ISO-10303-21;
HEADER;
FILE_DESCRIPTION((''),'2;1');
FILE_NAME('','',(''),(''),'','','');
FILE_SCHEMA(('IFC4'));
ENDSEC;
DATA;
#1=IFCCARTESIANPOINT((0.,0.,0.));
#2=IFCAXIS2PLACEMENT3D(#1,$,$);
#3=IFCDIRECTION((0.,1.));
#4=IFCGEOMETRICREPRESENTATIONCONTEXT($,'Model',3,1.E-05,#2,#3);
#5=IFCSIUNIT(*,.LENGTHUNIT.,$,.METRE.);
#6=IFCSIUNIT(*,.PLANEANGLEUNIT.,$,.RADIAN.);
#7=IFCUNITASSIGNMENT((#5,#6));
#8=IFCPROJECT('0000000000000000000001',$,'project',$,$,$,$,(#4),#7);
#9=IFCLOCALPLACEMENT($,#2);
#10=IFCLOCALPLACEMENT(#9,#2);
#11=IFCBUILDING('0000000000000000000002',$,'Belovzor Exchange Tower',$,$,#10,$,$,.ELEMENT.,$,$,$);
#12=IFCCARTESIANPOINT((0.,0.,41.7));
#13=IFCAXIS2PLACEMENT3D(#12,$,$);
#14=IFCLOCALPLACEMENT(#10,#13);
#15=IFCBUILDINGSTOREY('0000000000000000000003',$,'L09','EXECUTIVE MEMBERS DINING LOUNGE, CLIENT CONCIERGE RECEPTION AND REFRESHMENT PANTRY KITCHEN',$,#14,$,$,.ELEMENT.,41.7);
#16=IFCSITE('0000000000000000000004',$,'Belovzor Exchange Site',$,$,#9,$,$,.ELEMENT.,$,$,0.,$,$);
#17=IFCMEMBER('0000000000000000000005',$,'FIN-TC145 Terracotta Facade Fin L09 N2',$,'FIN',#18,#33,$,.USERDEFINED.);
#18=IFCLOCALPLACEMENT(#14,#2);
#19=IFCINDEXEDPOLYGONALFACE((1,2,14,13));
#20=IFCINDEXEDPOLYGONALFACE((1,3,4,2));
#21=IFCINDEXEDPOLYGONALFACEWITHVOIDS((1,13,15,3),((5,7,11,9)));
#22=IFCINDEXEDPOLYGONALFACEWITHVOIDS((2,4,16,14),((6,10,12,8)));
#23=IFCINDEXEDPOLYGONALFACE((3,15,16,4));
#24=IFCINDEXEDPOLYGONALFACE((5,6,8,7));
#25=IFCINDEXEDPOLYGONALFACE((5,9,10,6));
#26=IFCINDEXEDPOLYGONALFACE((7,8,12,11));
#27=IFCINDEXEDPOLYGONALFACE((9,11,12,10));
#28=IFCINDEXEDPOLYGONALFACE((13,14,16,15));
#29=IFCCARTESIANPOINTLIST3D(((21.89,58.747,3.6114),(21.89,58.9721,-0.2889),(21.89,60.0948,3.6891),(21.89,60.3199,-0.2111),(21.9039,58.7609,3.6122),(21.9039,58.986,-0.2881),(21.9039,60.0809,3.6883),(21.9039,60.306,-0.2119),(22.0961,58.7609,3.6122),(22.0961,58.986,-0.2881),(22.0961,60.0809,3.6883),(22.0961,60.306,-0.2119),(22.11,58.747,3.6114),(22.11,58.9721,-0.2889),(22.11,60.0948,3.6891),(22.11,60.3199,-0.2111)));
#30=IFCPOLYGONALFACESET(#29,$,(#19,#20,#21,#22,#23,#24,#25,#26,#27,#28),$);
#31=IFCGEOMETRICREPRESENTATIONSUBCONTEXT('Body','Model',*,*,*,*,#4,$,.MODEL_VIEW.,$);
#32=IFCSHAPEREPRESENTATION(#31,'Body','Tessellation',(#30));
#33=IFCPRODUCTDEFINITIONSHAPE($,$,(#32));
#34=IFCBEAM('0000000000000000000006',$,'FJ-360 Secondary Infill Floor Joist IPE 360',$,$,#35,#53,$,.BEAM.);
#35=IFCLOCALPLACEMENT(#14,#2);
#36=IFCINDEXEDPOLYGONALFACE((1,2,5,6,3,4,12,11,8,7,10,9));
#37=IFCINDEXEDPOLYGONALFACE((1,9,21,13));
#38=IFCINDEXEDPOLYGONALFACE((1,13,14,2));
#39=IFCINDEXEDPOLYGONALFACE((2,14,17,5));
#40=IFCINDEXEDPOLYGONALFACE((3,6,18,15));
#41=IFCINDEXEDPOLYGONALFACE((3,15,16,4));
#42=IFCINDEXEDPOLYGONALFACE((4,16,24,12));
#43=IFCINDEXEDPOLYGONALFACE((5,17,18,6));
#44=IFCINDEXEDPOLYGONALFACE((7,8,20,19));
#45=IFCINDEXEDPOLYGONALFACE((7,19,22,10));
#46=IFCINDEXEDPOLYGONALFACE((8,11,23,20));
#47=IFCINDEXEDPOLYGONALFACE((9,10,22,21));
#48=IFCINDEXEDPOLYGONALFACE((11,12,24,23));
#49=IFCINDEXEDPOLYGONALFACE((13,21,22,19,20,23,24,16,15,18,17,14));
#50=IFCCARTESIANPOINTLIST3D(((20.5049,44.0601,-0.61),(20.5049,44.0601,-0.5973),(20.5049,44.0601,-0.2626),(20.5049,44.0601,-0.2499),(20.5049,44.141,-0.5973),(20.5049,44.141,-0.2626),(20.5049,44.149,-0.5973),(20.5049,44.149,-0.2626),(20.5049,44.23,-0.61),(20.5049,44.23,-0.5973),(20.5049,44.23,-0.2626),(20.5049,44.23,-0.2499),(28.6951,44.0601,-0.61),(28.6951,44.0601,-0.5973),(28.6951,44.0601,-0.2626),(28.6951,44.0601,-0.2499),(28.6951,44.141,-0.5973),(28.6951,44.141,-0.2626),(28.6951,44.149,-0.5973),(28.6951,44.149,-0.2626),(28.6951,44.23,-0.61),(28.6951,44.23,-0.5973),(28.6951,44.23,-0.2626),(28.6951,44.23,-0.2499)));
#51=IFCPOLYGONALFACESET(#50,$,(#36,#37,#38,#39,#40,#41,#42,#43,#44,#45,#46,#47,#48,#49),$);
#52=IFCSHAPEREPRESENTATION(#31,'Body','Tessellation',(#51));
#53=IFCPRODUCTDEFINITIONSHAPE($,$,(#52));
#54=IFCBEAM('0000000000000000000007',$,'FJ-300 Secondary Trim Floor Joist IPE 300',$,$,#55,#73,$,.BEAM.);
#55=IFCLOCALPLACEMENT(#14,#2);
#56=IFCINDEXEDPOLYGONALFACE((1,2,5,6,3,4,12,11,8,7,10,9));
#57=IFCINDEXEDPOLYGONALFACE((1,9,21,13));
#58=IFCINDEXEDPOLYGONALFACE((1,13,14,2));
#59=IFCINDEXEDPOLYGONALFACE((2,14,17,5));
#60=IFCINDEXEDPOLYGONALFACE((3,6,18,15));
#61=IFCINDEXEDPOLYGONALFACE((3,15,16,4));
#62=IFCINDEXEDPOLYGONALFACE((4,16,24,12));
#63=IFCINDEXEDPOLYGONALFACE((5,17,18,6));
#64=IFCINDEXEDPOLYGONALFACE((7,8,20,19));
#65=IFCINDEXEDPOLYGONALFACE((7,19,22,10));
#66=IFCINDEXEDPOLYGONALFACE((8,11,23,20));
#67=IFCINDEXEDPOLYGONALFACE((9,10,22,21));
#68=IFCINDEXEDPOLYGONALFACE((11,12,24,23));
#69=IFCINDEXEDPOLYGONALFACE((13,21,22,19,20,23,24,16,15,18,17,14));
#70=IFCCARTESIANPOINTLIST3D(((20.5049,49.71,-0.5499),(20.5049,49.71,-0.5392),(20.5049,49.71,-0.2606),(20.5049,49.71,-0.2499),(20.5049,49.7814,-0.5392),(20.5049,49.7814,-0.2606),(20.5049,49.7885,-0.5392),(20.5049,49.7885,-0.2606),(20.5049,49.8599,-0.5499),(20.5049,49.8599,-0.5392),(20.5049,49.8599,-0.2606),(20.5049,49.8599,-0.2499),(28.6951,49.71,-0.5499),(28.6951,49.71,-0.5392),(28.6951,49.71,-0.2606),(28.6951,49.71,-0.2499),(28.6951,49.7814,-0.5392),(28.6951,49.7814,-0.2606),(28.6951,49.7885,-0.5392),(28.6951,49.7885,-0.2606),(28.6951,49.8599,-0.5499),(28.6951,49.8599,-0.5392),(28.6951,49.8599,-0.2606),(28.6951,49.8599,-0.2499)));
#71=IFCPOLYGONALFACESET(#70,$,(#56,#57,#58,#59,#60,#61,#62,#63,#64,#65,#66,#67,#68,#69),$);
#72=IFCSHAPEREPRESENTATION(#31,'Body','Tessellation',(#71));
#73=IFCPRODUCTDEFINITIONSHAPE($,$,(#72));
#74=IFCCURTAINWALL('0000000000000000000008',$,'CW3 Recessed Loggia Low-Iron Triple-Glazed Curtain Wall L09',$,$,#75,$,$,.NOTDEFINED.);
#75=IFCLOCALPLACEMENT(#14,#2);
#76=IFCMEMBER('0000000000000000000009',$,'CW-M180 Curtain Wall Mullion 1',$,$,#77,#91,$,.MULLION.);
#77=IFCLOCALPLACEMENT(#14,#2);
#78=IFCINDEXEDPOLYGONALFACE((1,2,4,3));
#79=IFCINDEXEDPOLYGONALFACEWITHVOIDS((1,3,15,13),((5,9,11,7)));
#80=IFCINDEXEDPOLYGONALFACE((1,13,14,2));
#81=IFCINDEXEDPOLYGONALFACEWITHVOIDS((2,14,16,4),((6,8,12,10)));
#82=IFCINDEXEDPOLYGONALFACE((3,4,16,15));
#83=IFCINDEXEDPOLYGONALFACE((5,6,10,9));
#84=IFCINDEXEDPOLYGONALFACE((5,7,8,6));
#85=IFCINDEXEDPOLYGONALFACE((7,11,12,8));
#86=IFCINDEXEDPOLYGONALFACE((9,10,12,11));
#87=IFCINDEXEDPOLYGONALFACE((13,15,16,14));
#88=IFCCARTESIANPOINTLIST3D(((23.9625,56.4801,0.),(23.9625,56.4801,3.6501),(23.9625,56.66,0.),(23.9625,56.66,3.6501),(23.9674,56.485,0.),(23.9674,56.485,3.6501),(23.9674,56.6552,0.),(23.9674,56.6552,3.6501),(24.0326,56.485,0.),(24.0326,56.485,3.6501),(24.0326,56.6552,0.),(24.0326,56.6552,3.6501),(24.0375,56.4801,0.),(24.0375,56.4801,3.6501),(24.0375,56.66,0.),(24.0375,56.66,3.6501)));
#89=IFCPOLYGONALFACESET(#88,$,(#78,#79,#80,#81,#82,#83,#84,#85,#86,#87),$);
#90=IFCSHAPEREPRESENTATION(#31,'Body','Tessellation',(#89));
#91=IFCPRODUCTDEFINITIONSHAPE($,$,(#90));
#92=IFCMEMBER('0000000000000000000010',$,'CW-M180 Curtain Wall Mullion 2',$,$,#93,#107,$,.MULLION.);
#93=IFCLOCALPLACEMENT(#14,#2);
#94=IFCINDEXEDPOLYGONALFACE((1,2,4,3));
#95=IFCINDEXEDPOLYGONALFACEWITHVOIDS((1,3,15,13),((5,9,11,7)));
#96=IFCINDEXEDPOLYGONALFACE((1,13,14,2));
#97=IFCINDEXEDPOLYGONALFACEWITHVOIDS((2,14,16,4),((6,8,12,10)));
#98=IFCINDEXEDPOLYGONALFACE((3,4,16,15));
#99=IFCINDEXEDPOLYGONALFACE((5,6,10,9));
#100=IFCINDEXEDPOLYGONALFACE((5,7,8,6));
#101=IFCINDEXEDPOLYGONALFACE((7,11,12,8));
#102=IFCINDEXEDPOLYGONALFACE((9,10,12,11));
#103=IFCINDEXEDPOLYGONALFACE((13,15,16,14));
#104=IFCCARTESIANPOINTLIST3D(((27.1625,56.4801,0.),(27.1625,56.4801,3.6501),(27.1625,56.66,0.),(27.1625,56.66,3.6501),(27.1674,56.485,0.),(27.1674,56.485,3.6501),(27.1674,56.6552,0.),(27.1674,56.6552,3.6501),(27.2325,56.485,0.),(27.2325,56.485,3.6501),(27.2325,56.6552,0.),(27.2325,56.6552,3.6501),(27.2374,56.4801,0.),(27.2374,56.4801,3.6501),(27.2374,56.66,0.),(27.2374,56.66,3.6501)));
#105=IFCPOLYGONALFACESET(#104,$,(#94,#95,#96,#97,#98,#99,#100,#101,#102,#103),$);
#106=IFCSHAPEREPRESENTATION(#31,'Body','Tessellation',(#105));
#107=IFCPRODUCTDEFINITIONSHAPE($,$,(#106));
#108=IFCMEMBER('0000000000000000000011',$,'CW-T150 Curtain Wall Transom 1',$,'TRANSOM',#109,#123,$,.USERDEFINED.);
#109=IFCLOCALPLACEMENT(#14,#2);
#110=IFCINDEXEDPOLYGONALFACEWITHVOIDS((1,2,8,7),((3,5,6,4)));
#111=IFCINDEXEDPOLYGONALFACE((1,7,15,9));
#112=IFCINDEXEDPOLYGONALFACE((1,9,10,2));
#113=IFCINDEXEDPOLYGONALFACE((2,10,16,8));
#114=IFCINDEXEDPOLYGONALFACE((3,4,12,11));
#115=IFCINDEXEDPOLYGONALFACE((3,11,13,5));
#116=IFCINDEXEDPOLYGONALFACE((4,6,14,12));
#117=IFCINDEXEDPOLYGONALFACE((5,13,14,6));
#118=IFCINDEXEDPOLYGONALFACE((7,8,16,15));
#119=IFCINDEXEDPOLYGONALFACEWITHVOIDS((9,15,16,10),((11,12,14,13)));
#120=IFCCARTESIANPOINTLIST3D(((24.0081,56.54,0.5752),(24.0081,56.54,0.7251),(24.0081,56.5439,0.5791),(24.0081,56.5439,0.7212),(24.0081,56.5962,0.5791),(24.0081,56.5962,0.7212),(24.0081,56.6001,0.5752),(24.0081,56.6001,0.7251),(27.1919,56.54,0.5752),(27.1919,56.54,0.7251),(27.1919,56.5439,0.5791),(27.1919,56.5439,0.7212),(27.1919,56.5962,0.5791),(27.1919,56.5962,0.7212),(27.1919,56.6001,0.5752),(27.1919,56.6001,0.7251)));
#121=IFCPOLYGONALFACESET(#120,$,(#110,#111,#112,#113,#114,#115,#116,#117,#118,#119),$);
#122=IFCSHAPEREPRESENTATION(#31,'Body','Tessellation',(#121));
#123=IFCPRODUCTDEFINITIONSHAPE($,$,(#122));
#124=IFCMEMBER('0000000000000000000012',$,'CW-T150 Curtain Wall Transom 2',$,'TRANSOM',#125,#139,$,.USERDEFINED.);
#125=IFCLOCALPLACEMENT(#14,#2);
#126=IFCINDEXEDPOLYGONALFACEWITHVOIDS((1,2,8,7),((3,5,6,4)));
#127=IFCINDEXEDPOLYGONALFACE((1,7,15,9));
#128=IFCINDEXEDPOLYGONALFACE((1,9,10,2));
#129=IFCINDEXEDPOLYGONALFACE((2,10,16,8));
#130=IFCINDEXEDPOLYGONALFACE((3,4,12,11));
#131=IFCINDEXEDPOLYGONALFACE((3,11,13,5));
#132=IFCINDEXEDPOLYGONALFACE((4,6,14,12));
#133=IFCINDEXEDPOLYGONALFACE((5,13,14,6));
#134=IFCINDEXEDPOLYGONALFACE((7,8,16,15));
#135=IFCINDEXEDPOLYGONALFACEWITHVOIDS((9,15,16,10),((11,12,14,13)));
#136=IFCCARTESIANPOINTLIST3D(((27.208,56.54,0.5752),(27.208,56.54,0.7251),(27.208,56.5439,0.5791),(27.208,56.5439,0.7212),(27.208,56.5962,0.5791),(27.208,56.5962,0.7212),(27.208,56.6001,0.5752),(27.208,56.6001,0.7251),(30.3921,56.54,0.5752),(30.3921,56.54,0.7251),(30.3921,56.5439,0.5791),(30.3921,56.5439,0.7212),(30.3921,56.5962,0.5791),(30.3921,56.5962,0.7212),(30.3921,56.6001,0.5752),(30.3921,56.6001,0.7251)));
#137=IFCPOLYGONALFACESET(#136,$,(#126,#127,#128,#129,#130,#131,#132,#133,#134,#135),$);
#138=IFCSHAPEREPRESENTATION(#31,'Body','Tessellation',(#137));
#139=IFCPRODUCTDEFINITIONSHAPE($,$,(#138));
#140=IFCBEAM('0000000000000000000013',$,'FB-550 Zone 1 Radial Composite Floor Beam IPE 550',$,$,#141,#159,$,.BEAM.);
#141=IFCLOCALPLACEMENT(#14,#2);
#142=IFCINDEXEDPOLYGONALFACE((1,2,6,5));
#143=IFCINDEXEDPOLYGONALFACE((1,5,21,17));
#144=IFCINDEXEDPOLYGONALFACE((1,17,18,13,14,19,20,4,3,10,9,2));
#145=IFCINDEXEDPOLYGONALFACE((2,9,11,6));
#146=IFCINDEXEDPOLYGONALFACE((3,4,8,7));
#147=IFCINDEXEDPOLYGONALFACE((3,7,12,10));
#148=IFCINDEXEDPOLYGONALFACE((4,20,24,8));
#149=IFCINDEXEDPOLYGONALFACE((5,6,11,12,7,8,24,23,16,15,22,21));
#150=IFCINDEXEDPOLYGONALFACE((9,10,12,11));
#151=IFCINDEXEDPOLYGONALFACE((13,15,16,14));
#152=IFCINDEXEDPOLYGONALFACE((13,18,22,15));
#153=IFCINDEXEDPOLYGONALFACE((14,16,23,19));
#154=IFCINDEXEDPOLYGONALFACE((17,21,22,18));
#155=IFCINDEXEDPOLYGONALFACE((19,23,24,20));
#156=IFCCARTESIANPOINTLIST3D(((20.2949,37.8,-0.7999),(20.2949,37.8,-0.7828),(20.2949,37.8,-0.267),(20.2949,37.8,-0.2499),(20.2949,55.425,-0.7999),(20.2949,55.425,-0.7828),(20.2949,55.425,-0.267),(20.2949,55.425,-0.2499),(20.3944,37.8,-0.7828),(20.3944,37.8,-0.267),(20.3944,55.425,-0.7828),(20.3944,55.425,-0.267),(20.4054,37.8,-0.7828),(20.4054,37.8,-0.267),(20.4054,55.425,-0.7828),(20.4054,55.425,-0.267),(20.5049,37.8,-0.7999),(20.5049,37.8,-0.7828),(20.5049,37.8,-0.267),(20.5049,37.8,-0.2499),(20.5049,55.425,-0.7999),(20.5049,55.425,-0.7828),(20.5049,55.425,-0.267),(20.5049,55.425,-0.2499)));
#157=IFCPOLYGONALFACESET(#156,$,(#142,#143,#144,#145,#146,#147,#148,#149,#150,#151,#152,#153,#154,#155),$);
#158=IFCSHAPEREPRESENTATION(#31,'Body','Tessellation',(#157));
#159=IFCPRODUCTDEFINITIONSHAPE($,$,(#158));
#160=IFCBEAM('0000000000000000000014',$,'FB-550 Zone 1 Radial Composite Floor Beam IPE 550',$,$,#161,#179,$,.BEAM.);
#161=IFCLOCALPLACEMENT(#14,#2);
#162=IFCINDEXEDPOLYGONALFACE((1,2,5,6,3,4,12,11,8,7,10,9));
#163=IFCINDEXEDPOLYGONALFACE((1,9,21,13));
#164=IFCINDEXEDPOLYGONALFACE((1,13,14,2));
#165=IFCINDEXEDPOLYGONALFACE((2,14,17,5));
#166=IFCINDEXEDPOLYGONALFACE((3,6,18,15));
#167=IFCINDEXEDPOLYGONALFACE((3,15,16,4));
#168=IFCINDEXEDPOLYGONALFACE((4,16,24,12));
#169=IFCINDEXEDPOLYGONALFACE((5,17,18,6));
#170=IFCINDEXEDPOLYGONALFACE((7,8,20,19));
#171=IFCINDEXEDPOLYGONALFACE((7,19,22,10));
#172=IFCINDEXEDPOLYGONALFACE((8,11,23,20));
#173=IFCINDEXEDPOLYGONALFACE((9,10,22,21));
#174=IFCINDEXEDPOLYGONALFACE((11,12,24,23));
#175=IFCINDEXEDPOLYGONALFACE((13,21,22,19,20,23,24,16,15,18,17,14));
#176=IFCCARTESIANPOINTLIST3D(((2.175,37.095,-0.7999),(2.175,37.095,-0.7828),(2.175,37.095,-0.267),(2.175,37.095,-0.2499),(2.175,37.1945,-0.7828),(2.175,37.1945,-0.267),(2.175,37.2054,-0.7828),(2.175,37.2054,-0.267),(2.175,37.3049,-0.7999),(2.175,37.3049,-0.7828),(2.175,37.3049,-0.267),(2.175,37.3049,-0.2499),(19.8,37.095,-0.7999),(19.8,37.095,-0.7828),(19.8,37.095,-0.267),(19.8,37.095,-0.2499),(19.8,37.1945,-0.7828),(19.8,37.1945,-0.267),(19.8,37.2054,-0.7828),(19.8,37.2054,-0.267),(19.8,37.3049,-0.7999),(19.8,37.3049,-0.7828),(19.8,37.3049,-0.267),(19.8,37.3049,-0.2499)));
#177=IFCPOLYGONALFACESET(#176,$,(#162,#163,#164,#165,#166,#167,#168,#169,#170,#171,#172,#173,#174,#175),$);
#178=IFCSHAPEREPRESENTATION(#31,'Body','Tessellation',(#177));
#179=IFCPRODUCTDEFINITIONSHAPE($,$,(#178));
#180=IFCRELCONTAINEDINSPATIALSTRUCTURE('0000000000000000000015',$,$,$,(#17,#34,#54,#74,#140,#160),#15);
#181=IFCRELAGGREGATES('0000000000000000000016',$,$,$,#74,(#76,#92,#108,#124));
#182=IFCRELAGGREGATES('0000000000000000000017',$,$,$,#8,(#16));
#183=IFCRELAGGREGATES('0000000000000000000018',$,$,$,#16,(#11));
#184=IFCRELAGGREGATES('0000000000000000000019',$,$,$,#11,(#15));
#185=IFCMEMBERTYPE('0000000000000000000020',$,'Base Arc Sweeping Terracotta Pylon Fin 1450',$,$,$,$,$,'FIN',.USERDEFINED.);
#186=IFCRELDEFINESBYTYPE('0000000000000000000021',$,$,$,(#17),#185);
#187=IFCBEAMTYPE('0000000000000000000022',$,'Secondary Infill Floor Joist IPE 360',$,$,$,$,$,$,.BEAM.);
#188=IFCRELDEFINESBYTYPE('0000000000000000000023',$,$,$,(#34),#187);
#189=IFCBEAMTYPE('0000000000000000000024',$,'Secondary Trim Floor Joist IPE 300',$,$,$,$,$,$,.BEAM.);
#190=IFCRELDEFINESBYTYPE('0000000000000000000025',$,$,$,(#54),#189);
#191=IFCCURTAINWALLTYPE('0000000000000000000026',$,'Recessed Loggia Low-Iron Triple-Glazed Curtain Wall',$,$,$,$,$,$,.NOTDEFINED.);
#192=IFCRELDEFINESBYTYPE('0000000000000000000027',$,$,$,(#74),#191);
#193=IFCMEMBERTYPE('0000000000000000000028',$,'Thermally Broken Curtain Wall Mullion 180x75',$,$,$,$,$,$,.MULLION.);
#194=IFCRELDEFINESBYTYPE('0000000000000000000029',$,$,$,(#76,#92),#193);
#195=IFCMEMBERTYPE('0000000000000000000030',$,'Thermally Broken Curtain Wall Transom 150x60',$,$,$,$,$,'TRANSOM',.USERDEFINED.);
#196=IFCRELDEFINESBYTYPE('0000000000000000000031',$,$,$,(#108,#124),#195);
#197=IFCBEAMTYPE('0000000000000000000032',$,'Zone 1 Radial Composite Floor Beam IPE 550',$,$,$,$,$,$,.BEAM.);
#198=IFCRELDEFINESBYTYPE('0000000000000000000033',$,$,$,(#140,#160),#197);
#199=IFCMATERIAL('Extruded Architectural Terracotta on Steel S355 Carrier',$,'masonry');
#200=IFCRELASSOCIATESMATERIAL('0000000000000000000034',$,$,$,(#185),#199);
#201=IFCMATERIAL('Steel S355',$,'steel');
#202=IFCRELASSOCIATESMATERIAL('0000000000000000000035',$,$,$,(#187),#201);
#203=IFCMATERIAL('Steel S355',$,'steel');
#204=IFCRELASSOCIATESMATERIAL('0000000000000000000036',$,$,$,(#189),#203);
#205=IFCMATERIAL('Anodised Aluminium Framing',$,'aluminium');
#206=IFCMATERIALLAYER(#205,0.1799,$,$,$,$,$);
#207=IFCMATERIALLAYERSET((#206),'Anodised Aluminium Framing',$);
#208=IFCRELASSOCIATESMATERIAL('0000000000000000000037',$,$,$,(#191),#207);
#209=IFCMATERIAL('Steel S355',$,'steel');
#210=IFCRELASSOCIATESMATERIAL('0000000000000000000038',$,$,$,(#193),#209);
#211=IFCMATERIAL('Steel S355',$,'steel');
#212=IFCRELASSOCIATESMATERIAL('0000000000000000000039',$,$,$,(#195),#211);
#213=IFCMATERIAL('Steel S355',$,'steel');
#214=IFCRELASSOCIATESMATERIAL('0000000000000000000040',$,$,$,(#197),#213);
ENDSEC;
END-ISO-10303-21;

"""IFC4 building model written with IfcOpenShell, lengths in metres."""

from ifc_helpers import new_model, si_unit, direction, frame, origin, origin_2d, place, context, subcontext, project, spatial, hollow_rectangle, i_section, extrude, material, layer, layer_set, material_profile, profile_set, type_object, element, aggregate, save


model = new_model("IFC4")

# Units and contexts
model_context = context("Model", 3, precision=1e-05, world=origin(), true_north=direction((0.0, 1.0)))
body_context = subcontext(model_context, "Body", "Model", "MODEL_VIEW")
ifc_project = project(units=[si_unit("LENGTHUNIT", "METRE"), si_unit("PLANEANGLEUNIT", "RADIAN")], contexts=[model_context])

# Site, building, storey
site_placement = place(None, origin())
site = spatial("IfcSite", under=ifc_project, at=site_placement, Name="Belovzor Exchange Site", CompositionType="ELEMENT", RefElevation=0.0)
building_placement = place(site_placement, origin())
building = spatial("IfcBuilding", under=site, at=building_placement, Name="Belovzor Exchange Tower", CompositionType="ELEMENT")
storey_placement = place(building_placement, frame((0.0, 0.0, 41.7)))
storey = spatial("IfcBuildingStorey", under=building, at=storey_placement, Name="L09", Description="EXECUTIVE MEMBERS DINING LOUNGE, CLIENT CONCIERGE RECEPTION AND REFRESHMENT PANTRY KITCHEN", CompositionType="ELEMENT", Elevation=41.7)

# Member
ifc_material_1 = material(Name="Extruded Architectural Terracotta on Steel S355 Carrier", Category="masonry")
ifc_material_profile_1 = material_profile(ifc_material_1, hollow_rectangle(XDim=0.22, YDim=1.3501, WallThickness=0.0139, at=origin_2d()))
ifc_profile_set_1 = profile_set([ifc_material_profile_1], Name="Extruded Architectural Terracotta on Steel S355 Carrier")
member_type_1 = type_object("IfcMemberType", Name="Base Arc Sweeping Terracotta Pylon Fin 1450", ElementType="FIN", PredefinedType="USERDEFINED", material=ifc_profile_set_1)
member_1_placement = place(storey_placement, frame((22.0, 59.646, -0.25), z_axis=(0.0, -0.057619, 0.998339), x_axis=(1.0, 0.0, 0.0)))
element("IfcMember", 1, at=member_1_placement, inside=storey, type_object=member_type_1, Name="FIN-TC145 Terracotta Facade Fin L09 N2", ObjectType="FIN", PredefinedType="USERDEFINED", context=body_context, shape_type="SweptSolid", body=[
    extrude(hollow_rectangle(XDim=0.22, YDim=1.3501, WallThickness=0.0139, at=origin_2d()), origin(), (0.0, 0.0, 1.0), 3.9067),
])

# Beams
ifc_material_2 = material(Name="Steel S355", Category="steel")
ifc_material_profile_2 = material_profile(ifc_material_2, i_section(OverallWidth=0.1699, OverallDepth=0.3601, WebThickness=0.0081, FlangeThickness=0.0127, at=origin_2d()))
ifc_profile_set_2 = profile_set([ifc_material_profile_2], Name="Steel S355")
beam_type_1 = type_object("IfcBeamType", Name="Secondary Infill Floor Joist IPE 360", PredefinedType="BEAM", material=ifc_profile_set_2)
beam_1_placement = place(storey_placement, frame((20.5049, 44.145, -0.4299), z_axis=(1.0, 0.0, 0.0), x_axis=(0.0, 1.0, 0.0)))
element("IfcBeam", 2, at=beam_1_placement, inside=storey, type_object=beam_type_1, Name="FJ-360 Secondary Infill Floor Joist IPE 360", PredefinedType="BEAM", context=body_context, shape_type="SweptSolid", body=[
    extrude(i_section(OverallWidth=0.1699, OverallDepth=0.3601, WebThickness=0.0081, FlangeThickness=0.0127, at=origin_2d()), origin(), (0.0, 0.0, 1.0), 8.1902),
])
ifc_material_3 = material(Name="Steel S355", Category="steel")
ifc_material_profile_3 = material_profile(ifc_material_3, i_section(OverallWidth=0.1499, OverallDepth=0.3, WebThickness=0.0071, FlangeThickness=0.0107, at=origin_2d()))
ifc_profile_set_3 = profile_set([ifc_material_profile_3], Name="Steel S355")
beam_type_2 = type_object("IfcBeamType", Name="Secondary Trim Floor Joist IPE 300", PredefinedType="BEAM", material=ifc_profile_set_3)
beam_2_placement = place(storey_placement, frame((20.5049, 49.7849, -0.3999), z_axis=(1.0, 0.0, 0.0), x_axis=(0.0, 1.0, 0.0)))
element("IfcBeam", 3, at=beam_2_placement, inside=storey, type_object=beam_type_2, Name="FJ-300 Secondary Trim Floor Joist IPE 300", PredefinedType="BEAM", context=body_context, shape_type="SweptSolid", body=[
    extrude(i_section(OverallWidth=0.1499, OverallDepth=0.3, WebThickness=0.0071, FlangeThickness=0.0107, at=origin_2d()), origin(), (0.0, 0.0, 1.0), 8.1902),
])

# Curtain wall, members
ifc_material_4 = material(Name="Anodised Aluminium Framing", Category="aluminium")
ifc_layer_1 = layer(ifc_material_4, 0.1799)
ifc_layer_set_1 = layer_set([ifc_layer_1], Name="Anodised Aluminium Framing")
curtain_wall_type = type_object("IfcCurtainWallType", Name="Recessed Loggia Low-Iron Triple-Glazed Curtain Wall", PredefinedType="NOTDEFINED", material=ifc_layer_set_1)
curtain_wall_placement = place(storey_placement, origin())
curtain_wall = element("IfcCurtainWall", 4, at=curtain_wall_placement, inside=storey, type_object=curtain_wall_type, Name="CW3 Recessed Loggia Low-Iron Triple-Glazed Curtain Wall L09", PredefinedType="NOTDEFINED")
ifc_material_5 = material(Name="Steel S355", Category="steel")
ifc_material_profile_4 = material_profile(ifc_material_5, hollow_rectangle(XDim=0.075, YDim=0.1799, WallThickness=0.0049, at=origin_2d()))
ifc_profile_set_4 = profile_set([ifc_material_profile_4], Name="Steel S355")
member_type_2 = type_object("IfcMemberType", Name="Thermally Broken Curtain Wall Mullion 180x75", PredefinedType="MULLION", material=ifc_profile_set_4)
member_2_placement = place(storey_placement, frame((24.0, 56.5701, 0.0), z_axis=(0.0, 0.0, 1.0), x_axis=(1.0, 0.0, 0.0)))
member_2 = element("IfcMember", 5, at=member_2_placement, type_object=member_type_2, Name="CW-M180 Curtain Wall Mullion 1", PredefinedType="MULLION", context=body_context, shape_type="SweptSolid", body=[
    extrude(hollow_rectangle(XDim=0.075, YDim=0.1799, WallThickness=0.0049, at=origin_2d()), origin(), (0.0, 0.0, 1.0), 3.6501),
])
member_3_placement = place(storey_placement, frame((27.2, 56.5701, 0.0), z_axis=(0.0, 0.0, 1.0), x_axis=(1.0, 0.0, 0.0)))
member_3 = element("IfcMember", 6, at=member_3_placement, type_object=member_type_2, Name="CW-M180 Curtain Wall Mullion 2", PredefinedType="MULLION", context=body_context, shape_type="SweptSolid", body=[
    extrude(hollow_rectangle(XDim=0.075, YDim=0.1799, WallThickness=0.0049, at=origin_2d()), origin(), (0.0, 0.0, 1.0), 3.6501),
])
ifc_material_6 = material(Name="Steel S355", Category="steel")
ifc_material_profile_5 = material_profile(ifc_material_6, hollow_rectangle(XDim=0.0601, YDim=0.1499, WallThickness=0.0039, at=origin_2d()))
ifc_profile_set_5 = profile_set([ifc_material_profile_5], Name="Steel S355")
member_type_3 = type_object("IfcMemberType", Name="Thermally Broken Curtain Wall Transom 150x60", ElementType="TRANSOM", PredefinedType="USERDEFINED", material=ifc_profile_set_5)
member_4_placement = place(storey_placement, frame((24.0081, 56.5701, 0.6501), z_axis=(1.0, 0.0, 0.0), x_axis=(0.0, 1.0, 0.0)))
member_4 = element("IfcMember", 7, at=member_4_placement, type_object=member_type_3, Name="CW-T150 Curtain Wall Transom 1", ObjectType="TRANSOM", PredefinedType="USERDEFINED", context=body_context, shape_type="SweptSolid", body=[
    extrude(hollow_rectangle(XDim=0.0601, YDim=0.1499, WallThickness=0.0039, at=origin_2d()), origin(), (0.0, 0.0, 1.0), 3.1838),
])
member_5_placement = place(storey_placement, frame((27.208, 56.5701, 0.6501), z_axis=(1.0, 0.0, 0.0), x_axis=(0.0, 1.0, 0.0)))
member_5 = element("IfcMember", 8, at=member_5_placement, type_object=member_type_3, Name="CW-T150 Curtain Wall Transom 2", ObjectType="TRANSOM", PredefinedType="USERDEFINED", context=body_context, shape_type="SweptSolid", body=[
    extrude(hollow_rectangle(XDim=0.0601, YDim=0.1499, WallThickness=0.0039, at=origin_2d()), origin(), (0.0, 0.0, 1.0), 3.1841),
])

# Beams
ifc_material_7 = material(Name="Steel S355", Category="steel")
ifc_material_profile_6 = material_profile(ifc_material_7, i_section(OverallWidth=0.21, OverallDepth=0.55, WebThickness=0.011, FlangeThickness=0.0171, at=origin_2d()))
ifc_profile_set_6 = profile_set([ifc_material_profile_6], Name="Steel S355")
beam_type_3 = type_object("IfcBeamType", Name="Zone 1 Radial Composite Floor Beam IPE 550", PredefinedType="BEAM", material=ifc_profile_set_6)
for number, where, z_axis, x_axis, name in (
    (9, (20.3999, 37.8, -0.5249), (0.0, 1.0, 0.0), (-1.0, 0.0, 0.0), "FB-550 Zone 1 Radial Composite Floor Beam IPE 550"),
    (10, (19.8, 37.2, -0.5249), (-1.0, 0.0, 0.0), (0.0, -1.0, 0.0), "FB-550 Zone 1 Radial Composite Floor Beam IPE 550"),
):
    element("IfcBeam", number, at=place(storey_placement, frame(where, z_axis=z_axis, x_axis=x_axis)), inside=storey, type_object=beam_type_3, Name=name, PredefinedType="BEAM", context=body_context, shape_type="SweptSolid", body=[
        extrude(i_section(OverallWidth=0.21, OverallDepth=0.55, WebThickness=0.011, FlangeThickness=0.0171, at=origin_2d()), origin(), (0.0, 0.0, 1.0), 17.625),
    ])

aggregate(curtain_wall, [member_2, member_3, member_4, member_5])

save(model, "model.ifc")
